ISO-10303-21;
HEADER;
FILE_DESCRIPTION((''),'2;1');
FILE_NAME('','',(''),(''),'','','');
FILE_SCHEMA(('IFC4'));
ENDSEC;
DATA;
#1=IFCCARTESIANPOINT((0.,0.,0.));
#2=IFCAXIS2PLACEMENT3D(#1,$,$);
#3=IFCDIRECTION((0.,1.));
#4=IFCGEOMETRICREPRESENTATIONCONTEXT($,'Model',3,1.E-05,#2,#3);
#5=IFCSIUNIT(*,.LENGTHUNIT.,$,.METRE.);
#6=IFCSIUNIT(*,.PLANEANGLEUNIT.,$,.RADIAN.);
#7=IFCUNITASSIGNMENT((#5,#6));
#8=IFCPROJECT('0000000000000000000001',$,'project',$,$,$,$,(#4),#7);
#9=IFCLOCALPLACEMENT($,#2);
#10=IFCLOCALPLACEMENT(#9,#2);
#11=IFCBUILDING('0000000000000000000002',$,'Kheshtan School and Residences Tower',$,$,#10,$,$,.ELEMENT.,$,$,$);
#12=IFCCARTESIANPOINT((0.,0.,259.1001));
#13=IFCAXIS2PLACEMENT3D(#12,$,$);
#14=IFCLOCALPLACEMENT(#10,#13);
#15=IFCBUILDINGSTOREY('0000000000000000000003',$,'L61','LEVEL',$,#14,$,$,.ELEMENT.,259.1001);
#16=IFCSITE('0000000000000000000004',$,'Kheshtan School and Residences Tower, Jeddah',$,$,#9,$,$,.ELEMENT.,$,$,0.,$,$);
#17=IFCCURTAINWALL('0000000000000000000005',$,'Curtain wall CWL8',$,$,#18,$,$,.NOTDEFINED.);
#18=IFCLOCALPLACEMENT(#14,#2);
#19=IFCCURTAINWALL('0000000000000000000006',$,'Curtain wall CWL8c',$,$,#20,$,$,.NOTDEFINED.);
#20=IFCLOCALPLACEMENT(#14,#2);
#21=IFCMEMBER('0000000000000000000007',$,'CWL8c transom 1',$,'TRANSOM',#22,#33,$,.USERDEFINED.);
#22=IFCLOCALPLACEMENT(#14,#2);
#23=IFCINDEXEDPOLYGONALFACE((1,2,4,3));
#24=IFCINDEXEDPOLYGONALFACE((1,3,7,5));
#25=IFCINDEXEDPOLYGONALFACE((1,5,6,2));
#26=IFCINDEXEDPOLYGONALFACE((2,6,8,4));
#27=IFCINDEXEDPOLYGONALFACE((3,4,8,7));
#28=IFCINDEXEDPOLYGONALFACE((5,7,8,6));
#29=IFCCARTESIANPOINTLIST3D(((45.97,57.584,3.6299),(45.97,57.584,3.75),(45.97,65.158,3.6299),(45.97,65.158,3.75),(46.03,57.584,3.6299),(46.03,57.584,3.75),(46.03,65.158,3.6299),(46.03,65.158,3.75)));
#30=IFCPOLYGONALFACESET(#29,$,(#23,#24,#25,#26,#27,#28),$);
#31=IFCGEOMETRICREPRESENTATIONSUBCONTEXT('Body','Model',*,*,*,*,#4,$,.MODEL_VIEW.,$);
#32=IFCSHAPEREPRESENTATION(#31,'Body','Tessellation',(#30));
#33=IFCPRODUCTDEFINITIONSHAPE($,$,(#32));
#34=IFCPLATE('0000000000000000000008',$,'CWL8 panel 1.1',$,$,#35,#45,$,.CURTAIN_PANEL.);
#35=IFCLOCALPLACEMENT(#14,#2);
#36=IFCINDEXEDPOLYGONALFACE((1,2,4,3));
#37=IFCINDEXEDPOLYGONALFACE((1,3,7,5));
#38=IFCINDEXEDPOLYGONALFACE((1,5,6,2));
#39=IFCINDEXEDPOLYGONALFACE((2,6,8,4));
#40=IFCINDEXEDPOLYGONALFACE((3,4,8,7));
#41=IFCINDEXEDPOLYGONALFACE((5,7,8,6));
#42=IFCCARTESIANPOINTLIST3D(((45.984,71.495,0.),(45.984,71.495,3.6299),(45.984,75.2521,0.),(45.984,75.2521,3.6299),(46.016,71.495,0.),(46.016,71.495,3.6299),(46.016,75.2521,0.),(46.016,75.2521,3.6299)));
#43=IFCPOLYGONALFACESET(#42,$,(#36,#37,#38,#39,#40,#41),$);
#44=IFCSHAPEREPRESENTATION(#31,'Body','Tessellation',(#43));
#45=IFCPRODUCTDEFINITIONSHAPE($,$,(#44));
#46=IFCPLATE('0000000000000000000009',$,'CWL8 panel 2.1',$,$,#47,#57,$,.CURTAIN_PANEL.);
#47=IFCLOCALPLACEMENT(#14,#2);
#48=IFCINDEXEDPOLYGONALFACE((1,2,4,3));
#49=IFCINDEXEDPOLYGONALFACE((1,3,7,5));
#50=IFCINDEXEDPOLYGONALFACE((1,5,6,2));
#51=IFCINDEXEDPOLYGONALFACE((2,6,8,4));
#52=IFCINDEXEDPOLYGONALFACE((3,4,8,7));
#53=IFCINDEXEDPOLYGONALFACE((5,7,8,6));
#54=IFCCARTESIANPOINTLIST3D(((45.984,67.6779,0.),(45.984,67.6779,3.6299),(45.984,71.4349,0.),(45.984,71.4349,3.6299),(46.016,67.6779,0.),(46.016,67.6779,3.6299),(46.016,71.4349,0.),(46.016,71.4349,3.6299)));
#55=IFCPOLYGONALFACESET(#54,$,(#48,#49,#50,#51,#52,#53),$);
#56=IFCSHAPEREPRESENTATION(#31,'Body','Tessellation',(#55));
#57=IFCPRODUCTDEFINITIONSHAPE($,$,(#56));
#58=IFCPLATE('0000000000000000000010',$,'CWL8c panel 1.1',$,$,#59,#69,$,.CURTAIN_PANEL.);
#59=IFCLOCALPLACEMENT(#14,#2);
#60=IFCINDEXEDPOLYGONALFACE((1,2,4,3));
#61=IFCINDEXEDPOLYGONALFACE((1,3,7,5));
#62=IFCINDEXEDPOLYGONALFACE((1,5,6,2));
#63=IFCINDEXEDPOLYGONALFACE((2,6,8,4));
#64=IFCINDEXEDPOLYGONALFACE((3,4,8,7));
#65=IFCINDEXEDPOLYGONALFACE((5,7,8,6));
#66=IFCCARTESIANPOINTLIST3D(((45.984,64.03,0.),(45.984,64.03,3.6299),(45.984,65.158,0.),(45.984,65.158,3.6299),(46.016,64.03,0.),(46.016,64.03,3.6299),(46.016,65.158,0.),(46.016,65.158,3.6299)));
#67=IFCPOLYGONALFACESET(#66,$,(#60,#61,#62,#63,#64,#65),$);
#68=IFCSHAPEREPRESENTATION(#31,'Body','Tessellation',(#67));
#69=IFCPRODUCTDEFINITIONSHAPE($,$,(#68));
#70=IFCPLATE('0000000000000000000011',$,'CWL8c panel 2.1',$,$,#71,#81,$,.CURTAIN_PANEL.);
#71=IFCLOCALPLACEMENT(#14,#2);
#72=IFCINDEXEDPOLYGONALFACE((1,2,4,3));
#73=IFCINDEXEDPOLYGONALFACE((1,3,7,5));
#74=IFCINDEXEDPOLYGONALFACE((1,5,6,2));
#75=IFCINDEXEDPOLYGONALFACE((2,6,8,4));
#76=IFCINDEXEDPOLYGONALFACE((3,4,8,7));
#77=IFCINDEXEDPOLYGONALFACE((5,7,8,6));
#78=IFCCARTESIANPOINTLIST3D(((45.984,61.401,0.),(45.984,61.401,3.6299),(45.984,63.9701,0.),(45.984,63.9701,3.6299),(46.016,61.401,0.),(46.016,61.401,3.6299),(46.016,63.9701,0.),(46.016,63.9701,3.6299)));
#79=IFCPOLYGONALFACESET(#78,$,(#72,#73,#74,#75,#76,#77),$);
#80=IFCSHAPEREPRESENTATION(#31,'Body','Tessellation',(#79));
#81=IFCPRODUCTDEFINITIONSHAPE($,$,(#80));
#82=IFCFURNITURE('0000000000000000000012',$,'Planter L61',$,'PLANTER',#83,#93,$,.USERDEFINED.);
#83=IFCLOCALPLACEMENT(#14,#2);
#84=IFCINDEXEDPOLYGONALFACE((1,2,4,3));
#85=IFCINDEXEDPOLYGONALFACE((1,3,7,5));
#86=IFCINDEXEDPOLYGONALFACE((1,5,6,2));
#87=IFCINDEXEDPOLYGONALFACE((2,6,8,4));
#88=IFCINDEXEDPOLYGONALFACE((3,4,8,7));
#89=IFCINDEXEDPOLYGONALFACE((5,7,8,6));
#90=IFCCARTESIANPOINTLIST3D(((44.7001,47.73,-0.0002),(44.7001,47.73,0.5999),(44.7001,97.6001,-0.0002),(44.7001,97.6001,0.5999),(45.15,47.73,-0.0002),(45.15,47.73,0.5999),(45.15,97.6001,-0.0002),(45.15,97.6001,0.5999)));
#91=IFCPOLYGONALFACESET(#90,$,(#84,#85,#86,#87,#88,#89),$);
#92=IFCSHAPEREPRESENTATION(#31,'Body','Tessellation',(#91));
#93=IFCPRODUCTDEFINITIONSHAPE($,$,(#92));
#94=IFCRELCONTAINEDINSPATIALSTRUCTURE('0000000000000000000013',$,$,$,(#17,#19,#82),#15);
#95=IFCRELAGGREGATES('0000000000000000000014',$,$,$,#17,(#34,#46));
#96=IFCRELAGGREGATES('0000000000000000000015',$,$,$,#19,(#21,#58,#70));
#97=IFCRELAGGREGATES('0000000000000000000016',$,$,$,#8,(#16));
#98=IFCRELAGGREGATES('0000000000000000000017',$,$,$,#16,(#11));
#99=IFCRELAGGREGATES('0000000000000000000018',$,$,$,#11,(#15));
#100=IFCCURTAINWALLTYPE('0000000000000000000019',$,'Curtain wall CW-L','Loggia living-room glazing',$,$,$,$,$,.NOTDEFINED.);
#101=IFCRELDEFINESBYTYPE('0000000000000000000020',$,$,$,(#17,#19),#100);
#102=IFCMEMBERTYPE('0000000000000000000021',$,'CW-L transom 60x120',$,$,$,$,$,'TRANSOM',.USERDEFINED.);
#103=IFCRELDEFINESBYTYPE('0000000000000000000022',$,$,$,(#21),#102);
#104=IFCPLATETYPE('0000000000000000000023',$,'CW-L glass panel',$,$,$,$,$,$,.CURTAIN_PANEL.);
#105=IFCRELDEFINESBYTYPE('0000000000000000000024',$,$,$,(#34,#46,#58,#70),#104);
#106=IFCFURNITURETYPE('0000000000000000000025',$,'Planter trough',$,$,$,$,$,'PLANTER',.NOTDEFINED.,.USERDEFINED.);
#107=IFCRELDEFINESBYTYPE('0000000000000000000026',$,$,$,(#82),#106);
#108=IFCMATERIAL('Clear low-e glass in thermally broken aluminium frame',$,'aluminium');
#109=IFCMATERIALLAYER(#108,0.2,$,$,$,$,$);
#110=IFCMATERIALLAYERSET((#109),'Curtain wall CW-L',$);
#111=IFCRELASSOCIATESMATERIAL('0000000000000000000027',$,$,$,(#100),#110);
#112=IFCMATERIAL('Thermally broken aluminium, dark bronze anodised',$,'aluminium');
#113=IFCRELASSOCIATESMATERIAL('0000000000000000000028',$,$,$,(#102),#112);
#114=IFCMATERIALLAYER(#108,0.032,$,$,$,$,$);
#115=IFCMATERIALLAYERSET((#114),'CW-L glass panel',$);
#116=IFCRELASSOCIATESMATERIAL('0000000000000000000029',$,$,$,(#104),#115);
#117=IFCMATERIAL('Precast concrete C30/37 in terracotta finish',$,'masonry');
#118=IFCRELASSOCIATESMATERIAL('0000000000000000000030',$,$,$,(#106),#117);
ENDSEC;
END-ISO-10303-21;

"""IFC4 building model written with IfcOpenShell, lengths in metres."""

from ifc_helpers import new_model, si_unit, direction, frame, origin, origin_2d, place, context, subcontext, project, spatial, rectangle, extrude, material, layer, layer_set, material_profile, profile_set, type_object, element, aggregate, save


model = new_model("IFC4")

# Units and contexts
model_context = context("Model", 3, precision=1e-05, world=origin(), true_north=direction((0.0, 1.0)))
body_context = subcontext(model_context, "Body", "Model", "MODEL_VIEW")
ifc_project = project(units=[si_unit("LENGTHUNIT", "METRE"), si_unit("PLANEANGLEUNIT", "RADIAN")], contexts=[model_context])

# Site, building, storey
site_placement = place(None, origin())
site = spatial("IfcSite", under=ifc_project, at=site_placement, Name="Kheshtan School and Residences Tower, Jeddah", CompositionType="ELEMENT", RefElevation=0.0)
building_placement = place(site_placement, origin())
building = spatial("IfcBuilding", under=site, at=building_placement, Name="Kheshtan School and Residences Tower", CompositionType="ELEMENT")
storey_placement = place(building_placement, frame((0.0, 0.0, 259.1001)))
storey = spatial("IfcBuildingStorey", under=building, at=storey_placement, Name="L61", Description="LEVEL", CompositionType="ELEMENT", Elevation=259.1001)

# Shared definitions
ifc_material_1 = material(Name="Clear low-e glass in thermally broken aluminium frame", Category="aluminium")
ifc_layer_1 = layer(ifc_material_1, 0.2)
ifc_layer_set_1 = layer_set([ifc_layer_1], Name="Curtain wall CW-L")
curtain_wall_type = type_object("IfcCurtainWallType", Name="Curtain wall CW-L", Description="Loggia living-room glazing", PredefinedType="NOTDEFINED", material=ifc_layer_set_1)
ifc_material_2 = material(Name="Thermally broken aluminium, dark bronze anodised", Category="aluminium")

# Curtain walls
curtain_wall_1_placement = place(storey_placement, origin())
curtain_wall_1 = element("IfcCurtainWall", 1, at=curtain_wall_1_placement, inside=storey, type_object=curtain_wall_type, Name="Curtain wall CWL8", PredefinedType="NOTDEFINED")
curtain_wall_2_placement = place(storey_placement, origin())
curtain_wall_2 = element("IfcCurtainWall", 2, at=curtain_wall_2_placement, inside=storey, type_object=curtain_wall_type, Name="Curtain wall CWL8c", PredefinedType="NOTDEFINED")

# Member
ifc_material_profile_1 = material_profile(ifc_material_2, rectangle(XDim=0.0601, YDim=0.1201, at=origin_2d()), Name="CW-L transom 60x120")
ifc_profile_set_1 = profile_set([ifc_material_profile_1], Name="Thermally broken aluminium, dark bronze anodised")
member_type_1 = type_object("IfcMemberType", Name="CW-L transom 60x120", ElementType="TRANSOM", PredefinedType="USERDEFINED", material=ifc_profile_set_1)
member_1_placement = place(storey_placement, frame((46.0, 65.158, 3.6899), z_axis=(0.0, -1.0, 0.0), x_axis=(1.0, 0.0, 0.0)))
member_1 = element("IfcMember", 3, at=member_1_placement, type_object=member_type_1, Name="CWL8c transom 1", ObjectType="TRANSOM", PredefinedType="USERDEFINED", context=body_context, shape_type="SweptSolid", body=[
    extrude(rectangle(XDim=0.0601, YDim=0.1201, at=origin_2d()), origin(), (0.0, 0.0, 1.0), 7.574),
])

# Plates
ifc_layer_2 = layer(ifc_material_1, 0.032)
ifc_layer_set_2 = layer_set([ifc_layer_2], Name="CW-L glass panel")
plate_type = type_object("IfcPlateType", Name="CW-L glass panel", PredefinedType="CURTAIN_PANEL", material=ifc_layer_set_2)
plate_1_placement = place(storey_placement, frame((46.0, 73.3735, 0.0), z_axis=(0.0, 0.0, 1.0), x_axis=(0.0, -1.0, 0.0)))
plate_1 = element("IfcPlate", 4, at=plate_1_placement, type_object=plate_type, Name="CWL8 panel 1.1", PredefinedType="CURTAIN_PANEL", context=body_context, shape_type="SweptSolid", body=[
    extrude(rectangle(XDim=3.7571, YDim=0.032, at=origin_2d()), origin(), (0.0, 0.0, 1.0), 3.6299),
])
plate_2_placement = place(storey_placement, frame((46.0, 69.5564, 0.0), z_axis=(0.0, 0.0, 1.0), x_axis=(0.0, -1.0, 0.0)))
plate_2 = element("IfcPlate", 5, at=plate_2_placement, type_object=plate_type, Name="CWL8 panel 2.1", PredefinedType="CURTAIN_PANEL", context=body_context, shape_type="SweptSolid", body=[
    extrude(rectangle(XDim=3.7571, YDim=0.032, at=origin_2d()), origin(), (0.0, 0.0, 1.0), 3.6299),
])
aggregate(curtain_wall_1, [plate_1, plate_2])
plate_3_placement = place(storey_placement, frame((46.0, 64.594, 0.0), z_axis=(0.0, 0.0, 1.0), x_axis=(0.0, -1.0, 0.0)))
plate_3 = element("IfcPlate", 6, at=plate_3_placement, type_object=plate_type, Name="CWL8c panel 1.1", PredefinedType="CURTAIN_PANEL", context=body_context, shape_type="SweptSolid", body=[
    extrude(rectangle(XDim=1.1279, YDim=0.032, at=origin_2d()), origin(), (0.0, 0.0, 1.0), 3.6299),
])
plate_4_placement = place(storey_placement, frame((46.0, 62.6855, 0.0), z_axis=(0.0, 0.0, 1.0), x_axis=(0.0, -1.0, 0.0)))
plate_4 = element("IfcPlate", 7, at=plate_4_placement, type_object=plate_type, Name="CWL8c panel 2.1", PredefinedType="CURTAIN_PANEL", context=body_context, shape_type="SweptSolid", body=[
    extrude(rectangle(XDim=2.5691, YDim=0.032, at=origin_2d()), origin(), (0.0, 0.0, 1.0), 3.6299),
])
aggregate(curtain_wall_2, [member_1, plate_3, plate_4])

# Furniture
ifc_material_3 = material(Name="Precast concrete C30/37 in terracotta finish", Category="masonry")
furniture_type = type_object("IfcFurnitureType", Name="Planter trough", ElementType="PLANTER", AssemblyPlace="NOTDEFINED", PredefinedType="USERDEFINED", material=ifc_material_3)
furniture_placement = place(storey_placement, frame((44.925, 72.665, -0.0002), z_axis=(0.0, 0.0, 1.0), x_axis=(0.0, -1.0, 0.0)))
element("IfcFurniture", 8, at=furniture_placement, inside=storey, type_object=furniture_type, Name="Planter L61", ObjectType="PLANTER", PredefinedType="USERDEFINED", context=body_context, shape_type="SweptSolid", body=[
    extrude(rectangle(XDim=49.8701, YDim=0.45, at=origin_2d()), origin(), (0.0, 0.0, 1.0), 0.6001),
])

save(model, "model.ifc")
